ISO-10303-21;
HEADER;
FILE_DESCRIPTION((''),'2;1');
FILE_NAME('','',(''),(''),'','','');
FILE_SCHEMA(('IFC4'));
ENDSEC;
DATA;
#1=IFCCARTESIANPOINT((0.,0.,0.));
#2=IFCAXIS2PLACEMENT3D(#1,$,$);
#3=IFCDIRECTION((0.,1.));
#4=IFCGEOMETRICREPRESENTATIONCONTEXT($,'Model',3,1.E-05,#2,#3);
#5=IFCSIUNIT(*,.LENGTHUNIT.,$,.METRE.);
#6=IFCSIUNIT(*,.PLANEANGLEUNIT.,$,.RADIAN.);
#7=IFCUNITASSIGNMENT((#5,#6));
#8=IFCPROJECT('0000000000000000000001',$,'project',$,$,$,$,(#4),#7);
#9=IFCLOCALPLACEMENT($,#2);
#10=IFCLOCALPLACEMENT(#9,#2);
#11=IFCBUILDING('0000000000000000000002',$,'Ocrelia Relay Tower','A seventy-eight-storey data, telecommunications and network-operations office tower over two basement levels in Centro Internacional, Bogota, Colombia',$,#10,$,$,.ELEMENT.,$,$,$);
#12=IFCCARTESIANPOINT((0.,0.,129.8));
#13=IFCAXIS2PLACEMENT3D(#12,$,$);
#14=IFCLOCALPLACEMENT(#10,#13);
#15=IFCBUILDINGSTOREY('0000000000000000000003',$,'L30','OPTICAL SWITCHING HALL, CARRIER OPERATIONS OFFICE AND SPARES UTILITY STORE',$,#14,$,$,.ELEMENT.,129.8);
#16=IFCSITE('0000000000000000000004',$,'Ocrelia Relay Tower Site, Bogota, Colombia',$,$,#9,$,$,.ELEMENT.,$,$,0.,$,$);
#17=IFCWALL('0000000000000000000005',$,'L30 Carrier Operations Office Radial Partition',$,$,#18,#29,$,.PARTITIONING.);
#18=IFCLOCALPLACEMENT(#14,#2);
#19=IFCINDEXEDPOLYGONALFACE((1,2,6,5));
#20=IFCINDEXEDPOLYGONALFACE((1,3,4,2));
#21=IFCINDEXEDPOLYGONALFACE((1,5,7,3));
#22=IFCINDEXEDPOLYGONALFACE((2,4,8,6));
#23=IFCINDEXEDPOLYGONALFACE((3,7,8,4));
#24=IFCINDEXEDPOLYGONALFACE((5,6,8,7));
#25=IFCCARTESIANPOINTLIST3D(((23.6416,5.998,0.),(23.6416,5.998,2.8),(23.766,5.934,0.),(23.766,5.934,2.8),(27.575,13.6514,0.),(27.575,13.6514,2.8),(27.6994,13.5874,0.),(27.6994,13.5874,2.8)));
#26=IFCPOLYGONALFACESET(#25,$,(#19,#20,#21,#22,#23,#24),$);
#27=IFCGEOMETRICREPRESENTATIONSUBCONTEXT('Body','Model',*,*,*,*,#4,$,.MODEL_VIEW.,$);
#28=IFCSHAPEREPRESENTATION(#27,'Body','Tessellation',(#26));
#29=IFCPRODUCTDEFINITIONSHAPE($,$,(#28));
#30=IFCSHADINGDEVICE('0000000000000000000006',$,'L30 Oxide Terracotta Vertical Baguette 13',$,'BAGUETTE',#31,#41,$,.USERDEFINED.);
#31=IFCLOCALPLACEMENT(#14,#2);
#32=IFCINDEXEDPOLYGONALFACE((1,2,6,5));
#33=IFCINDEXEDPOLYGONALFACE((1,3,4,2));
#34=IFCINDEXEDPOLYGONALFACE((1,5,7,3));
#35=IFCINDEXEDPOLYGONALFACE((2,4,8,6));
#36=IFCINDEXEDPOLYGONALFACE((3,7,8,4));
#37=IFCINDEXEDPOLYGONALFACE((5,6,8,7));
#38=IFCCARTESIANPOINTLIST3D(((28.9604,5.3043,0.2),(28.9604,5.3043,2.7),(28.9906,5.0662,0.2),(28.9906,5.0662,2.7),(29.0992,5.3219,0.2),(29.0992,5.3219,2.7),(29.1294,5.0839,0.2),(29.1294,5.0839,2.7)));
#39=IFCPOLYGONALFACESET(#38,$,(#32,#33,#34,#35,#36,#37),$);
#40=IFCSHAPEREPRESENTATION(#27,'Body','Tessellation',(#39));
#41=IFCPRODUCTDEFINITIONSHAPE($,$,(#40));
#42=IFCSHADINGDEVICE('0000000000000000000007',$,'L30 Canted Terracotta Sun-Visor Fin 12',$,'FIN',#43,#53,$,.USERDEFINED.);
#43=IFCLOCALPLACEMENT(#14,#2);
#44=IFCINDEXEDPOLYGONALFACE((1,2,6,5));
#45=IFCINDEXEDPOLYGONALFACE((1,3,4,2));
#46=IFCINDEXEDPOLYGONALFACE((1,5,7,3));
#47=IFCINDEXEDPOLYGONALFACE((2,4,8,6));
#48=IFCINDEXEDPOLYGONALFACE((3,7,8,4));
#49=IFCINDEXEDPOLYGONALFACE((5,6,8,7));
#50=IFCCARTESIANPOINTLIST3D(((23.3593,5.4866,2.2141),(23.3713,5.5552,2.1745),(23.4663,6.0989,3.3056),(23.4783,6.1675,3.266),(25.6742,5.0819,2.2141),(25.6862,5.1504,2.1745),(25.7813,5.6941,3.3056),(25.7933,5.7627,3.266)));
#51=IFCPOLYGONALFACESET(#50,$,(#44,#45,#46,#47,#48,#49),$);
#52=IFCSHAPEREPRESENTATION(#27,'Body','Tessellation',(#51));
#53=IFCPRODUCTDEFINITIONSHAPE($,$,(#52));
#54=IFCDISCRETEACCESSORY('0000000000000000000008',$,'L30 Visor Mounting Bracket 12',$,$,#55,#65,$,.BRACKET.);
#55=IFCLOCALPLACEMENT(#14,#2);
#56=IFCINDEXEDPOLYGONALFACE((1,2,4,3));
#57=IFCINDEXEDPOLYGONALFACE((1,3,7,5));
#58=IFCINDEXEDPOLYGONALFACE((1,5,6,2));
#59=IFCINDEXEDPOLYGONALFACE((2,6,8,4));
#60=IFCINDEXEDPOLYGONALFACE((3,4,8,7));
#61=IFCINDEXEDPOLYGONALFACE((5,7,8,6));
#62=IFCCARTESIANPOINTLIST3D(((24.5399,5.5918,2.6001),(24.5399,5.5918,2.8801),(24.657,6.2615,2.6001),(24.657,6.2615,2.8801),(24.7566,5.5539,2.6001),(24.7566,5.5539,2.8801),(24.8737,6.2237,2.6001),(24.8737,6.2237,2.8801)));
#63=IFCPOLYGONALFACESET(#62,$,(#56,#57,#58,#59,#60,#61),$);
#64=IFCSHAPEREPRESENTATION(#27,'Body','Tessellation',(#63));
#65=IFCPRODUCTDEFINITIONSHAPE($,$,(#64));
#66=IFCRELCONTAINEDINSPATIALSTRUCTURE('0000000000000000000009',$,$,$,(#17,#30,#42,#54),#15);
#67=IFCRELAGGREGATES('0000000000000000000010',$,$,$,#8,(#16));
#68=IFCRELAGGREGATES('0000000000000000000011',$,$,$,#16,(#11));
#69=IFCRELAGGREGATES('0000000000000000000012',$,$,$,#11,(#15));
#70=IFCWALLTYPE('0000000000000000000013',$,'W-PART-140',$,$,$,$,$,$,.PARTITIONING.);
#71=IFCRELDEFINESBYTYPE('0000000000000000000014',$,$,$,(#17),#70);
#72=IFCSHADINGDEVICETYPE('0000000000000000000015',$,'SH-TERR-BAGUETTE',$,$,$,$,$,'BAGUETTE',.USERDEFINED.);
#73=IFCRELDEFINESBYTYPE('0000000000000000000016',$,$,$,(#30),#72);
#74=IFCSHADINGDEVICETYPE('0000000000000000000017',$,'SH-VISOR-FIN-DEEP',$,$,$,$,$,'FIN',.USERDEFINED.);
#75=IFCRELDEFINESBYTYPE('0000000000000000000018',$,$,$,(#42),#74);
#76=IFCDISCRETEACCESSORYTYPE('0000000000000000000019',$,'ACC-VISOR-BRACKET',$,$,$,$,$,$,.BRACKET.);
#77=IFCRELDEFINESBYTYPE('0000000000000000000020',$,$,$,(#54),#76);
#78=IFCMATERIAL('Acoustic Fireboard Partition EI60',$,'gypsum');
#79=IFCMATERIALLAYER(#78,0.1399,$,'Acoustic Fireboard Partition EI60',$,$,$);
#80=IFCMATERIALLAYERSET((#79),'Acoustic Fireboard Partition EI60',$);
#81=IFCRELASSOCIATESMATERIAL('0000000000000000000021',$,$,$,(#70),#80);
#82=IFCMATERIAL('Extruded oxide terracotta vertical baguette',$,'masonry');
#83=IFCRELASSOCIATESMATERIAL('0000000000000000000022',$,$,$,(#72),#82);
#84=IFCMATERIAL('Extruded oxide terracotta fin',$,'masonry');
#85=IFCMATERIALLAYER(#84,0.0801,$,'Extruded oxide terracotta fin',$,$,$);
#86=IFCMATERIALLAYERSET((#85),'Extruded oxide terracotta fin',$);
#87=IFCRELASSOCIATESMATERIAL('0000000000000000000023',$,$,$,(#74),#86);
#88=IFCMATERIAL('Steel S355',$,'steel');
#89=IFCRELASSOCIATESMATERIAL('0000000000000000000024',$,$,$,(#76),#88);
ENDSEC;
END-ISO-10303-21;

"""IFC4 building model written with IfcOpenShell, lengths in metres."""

from ifc_helpers import new_model, si_unit, direction, frame, frame_2d, origin, origin_2d, place, context, subcontext, project, spatial, rectangle, extrude, material, layer, layer_set, type_object, element, save


model = new_model("IFC4")

# Units and contexts
model_context = context("Model", 3, precision=1e-05, world=origin(), true_north=direction((0.0, 1.0)))
body_context = subcontext(model_context, "Body", "Model", "MODEL_VIEW")
ifc_project = project(units=[si_unit("LENGTHUNIT", "METRE"), si_unit("PLANEANGLEUNIT", "RADIAN")], contexts=[model_context])

# Site, building, storey
site_placement = place(None, origin())
site = spatial("IfcSite", under=ifc_project, at=site_placement, Name="Ocrelia Relay Tower Site, Bogota, Colombia", CompositionType="ELEMENT", RefElevation=0.0)
building_placement = place(site_placement, origin())
building = spatial("IfcBuilding", under=site, at=building_placement, Name="Ocrelia Relay Tower", Description="A seventy-eight-storey data, telecommunications and network-operations office tower over two basement levels in Centro Internacional, Bogota, Colombia", CompositionType="ELEMENT")
storey_placement = place(building_placement, frame((0.0, 0.0, 129.8)))
storey = spatial("IfcBuildingStorey", under=building, at=storey_placement, Name="L30", Description="OPTICAL SWITCHING HALL, CARRIER OPERATIONS OFFICE AND SPARES UTILITY STORE", CompositionType="ELEMENT", Elevation=129.8)

# Shared definitions
ifc_material_1 = material(Name="Steel S355", Category="steel")

# Wall
ifc_material_2 = material(Name="Acoustic Fireboard Partition EI60", Category="gypsum")
ifc_layer_1 = layer(ifc_material_2, 0.1399, Name="Acoustic Fireboard Partition EI60")
ifc_layer_set_1 = layer_set([ifc_layer_1], Name="Acoustic Fireboard Partition EI60")
wall_type_1 = type_object("IfcWallType", Name="W-PART-140", PredefinedType="PARTITIONING", material=ifc_layer_set_1)
wall_1_placement = place(storey_placement, frame((27.6372, 13.6194, 0.0), z_axis=(0.0, 0.0, 1.0), x_axis=(-0.457105, -0.889413, 0.0)))
element("IfcWall", 1, at=wall_1_placement, inside=storey, type_object=wall_type_1, Name="L30 Carrier Operations Office Radial Partition", PredefinedType="PARTITIONING", context=body_context, shape_type="SweptSolid", body=[
    extrude(rectangle(XDim=8.605, YDim=0.1399, at=frame_2d((4.3025, 0.0))), origin(), (0.0, 0.0, 1.0), 2.8),
])

# Shading devices
ifc_material_3 = material(Name="Extruded oxide terracotta vertical baguette", Category="masonry")
shading_device_type_1 = type_object("IfcShadingDeviceType", Name="SH-TERR-BAGUETTE", ElementType="BAGUETTE", PredefinedType="USERDEFINED", material=ifc_material_3)
shading_device_1_placement = place(storey_placement, frame((29.0449, 5.1941, 0.2), z_axis=(0.0, 0.0, 1.0), x_axis=(0.992052, 0.125828, 0.0)))
element("IfcShadingDevice", 2, at=shading_device_1_placement, inside=storey, type_object=shading_device_type_1, Name="L30 Oxide Terracotta Vertical Baguette 13", ObjectType="BAGUETTE", PredefinedType="USERDEFINED", context=body_context, shape_type="SweptSolid", body=[
    extrude(rectangle(XDim=0.1399, YDim=0.24, at=origin_2d()), origin(), (0.0, 0.0, 1.0), 2.5),
])
ifc_material_4 = material(Name="Extruded oxide terracotta fin", Category="masonry")
ifc_layer_2 = layer(ifc_material_4, 0.0801, Name="Extruded oxide terracotta fin")
ifc_layer_set_2 = layer_set([ifc_layer_2], Name="Extruded oxide terracotta fin")
shading_device_type_2 = type_object("IfcShadingDeviceType", Name="SH-VISOR-FIN-DEEP", ElementType="FIN", PredefinedType="USERDEFINED", material=ifc_layer_set_2)
shading_device_2_placement = place(storey_placement, frame((24.5823, 5.6589, 2.7202), z_axis=(-0.149673, -0.85599, 0.494852), x_axis=(0.985055, -0.17224, 0.0)))
element("IfcShadingDevice", 3, at=shading_device_2_placement, inside=storey, type_object=shading_device_type_2, Name="L30 Canted Terracotta Sun-Visor Fin 12", ObjectType="FIN", PredefinedType="USERDEFINED", context=body_context, shape_type="SweptSolid", body=[
    extrude(rectangle(XDim=2.3501, YDim=1.2561, at=origin_2d()), origin(), (0.0, 0.0, 1.0), 0.0801),
])

# Discrete accessory
discrete_accessory_type = type_object("IfcDiscreteAccessoryType", Name="ACC-VISOR-BRACKET", PredefinedType="BRACKET", material=ifc_material_1)
discrete_accessory_placement = place(storey_placement, frame((24.7068, 5.9077, 2.6001), z_axis=(0.0, 0.0, 1.0), x_axis=(0.985055, -0.17224, 0.0)))
element("IfcDiscreteAccessory", 4, at=discrete_accessory_placement, inside=storey, type_object=discrete_accessory_type, Name="L30 Visor Mounting Bracket 12", PredefinedType="BRACKET", context=body_context, shape_type="SweptSolid", body=[
    extrude(rectangle(XDim=0.22, YDim=0.6799, at=origin_2d()), origin(), (0.0, 0.0, 1.0), 0.28),
])

save(model, "model.ifc")
